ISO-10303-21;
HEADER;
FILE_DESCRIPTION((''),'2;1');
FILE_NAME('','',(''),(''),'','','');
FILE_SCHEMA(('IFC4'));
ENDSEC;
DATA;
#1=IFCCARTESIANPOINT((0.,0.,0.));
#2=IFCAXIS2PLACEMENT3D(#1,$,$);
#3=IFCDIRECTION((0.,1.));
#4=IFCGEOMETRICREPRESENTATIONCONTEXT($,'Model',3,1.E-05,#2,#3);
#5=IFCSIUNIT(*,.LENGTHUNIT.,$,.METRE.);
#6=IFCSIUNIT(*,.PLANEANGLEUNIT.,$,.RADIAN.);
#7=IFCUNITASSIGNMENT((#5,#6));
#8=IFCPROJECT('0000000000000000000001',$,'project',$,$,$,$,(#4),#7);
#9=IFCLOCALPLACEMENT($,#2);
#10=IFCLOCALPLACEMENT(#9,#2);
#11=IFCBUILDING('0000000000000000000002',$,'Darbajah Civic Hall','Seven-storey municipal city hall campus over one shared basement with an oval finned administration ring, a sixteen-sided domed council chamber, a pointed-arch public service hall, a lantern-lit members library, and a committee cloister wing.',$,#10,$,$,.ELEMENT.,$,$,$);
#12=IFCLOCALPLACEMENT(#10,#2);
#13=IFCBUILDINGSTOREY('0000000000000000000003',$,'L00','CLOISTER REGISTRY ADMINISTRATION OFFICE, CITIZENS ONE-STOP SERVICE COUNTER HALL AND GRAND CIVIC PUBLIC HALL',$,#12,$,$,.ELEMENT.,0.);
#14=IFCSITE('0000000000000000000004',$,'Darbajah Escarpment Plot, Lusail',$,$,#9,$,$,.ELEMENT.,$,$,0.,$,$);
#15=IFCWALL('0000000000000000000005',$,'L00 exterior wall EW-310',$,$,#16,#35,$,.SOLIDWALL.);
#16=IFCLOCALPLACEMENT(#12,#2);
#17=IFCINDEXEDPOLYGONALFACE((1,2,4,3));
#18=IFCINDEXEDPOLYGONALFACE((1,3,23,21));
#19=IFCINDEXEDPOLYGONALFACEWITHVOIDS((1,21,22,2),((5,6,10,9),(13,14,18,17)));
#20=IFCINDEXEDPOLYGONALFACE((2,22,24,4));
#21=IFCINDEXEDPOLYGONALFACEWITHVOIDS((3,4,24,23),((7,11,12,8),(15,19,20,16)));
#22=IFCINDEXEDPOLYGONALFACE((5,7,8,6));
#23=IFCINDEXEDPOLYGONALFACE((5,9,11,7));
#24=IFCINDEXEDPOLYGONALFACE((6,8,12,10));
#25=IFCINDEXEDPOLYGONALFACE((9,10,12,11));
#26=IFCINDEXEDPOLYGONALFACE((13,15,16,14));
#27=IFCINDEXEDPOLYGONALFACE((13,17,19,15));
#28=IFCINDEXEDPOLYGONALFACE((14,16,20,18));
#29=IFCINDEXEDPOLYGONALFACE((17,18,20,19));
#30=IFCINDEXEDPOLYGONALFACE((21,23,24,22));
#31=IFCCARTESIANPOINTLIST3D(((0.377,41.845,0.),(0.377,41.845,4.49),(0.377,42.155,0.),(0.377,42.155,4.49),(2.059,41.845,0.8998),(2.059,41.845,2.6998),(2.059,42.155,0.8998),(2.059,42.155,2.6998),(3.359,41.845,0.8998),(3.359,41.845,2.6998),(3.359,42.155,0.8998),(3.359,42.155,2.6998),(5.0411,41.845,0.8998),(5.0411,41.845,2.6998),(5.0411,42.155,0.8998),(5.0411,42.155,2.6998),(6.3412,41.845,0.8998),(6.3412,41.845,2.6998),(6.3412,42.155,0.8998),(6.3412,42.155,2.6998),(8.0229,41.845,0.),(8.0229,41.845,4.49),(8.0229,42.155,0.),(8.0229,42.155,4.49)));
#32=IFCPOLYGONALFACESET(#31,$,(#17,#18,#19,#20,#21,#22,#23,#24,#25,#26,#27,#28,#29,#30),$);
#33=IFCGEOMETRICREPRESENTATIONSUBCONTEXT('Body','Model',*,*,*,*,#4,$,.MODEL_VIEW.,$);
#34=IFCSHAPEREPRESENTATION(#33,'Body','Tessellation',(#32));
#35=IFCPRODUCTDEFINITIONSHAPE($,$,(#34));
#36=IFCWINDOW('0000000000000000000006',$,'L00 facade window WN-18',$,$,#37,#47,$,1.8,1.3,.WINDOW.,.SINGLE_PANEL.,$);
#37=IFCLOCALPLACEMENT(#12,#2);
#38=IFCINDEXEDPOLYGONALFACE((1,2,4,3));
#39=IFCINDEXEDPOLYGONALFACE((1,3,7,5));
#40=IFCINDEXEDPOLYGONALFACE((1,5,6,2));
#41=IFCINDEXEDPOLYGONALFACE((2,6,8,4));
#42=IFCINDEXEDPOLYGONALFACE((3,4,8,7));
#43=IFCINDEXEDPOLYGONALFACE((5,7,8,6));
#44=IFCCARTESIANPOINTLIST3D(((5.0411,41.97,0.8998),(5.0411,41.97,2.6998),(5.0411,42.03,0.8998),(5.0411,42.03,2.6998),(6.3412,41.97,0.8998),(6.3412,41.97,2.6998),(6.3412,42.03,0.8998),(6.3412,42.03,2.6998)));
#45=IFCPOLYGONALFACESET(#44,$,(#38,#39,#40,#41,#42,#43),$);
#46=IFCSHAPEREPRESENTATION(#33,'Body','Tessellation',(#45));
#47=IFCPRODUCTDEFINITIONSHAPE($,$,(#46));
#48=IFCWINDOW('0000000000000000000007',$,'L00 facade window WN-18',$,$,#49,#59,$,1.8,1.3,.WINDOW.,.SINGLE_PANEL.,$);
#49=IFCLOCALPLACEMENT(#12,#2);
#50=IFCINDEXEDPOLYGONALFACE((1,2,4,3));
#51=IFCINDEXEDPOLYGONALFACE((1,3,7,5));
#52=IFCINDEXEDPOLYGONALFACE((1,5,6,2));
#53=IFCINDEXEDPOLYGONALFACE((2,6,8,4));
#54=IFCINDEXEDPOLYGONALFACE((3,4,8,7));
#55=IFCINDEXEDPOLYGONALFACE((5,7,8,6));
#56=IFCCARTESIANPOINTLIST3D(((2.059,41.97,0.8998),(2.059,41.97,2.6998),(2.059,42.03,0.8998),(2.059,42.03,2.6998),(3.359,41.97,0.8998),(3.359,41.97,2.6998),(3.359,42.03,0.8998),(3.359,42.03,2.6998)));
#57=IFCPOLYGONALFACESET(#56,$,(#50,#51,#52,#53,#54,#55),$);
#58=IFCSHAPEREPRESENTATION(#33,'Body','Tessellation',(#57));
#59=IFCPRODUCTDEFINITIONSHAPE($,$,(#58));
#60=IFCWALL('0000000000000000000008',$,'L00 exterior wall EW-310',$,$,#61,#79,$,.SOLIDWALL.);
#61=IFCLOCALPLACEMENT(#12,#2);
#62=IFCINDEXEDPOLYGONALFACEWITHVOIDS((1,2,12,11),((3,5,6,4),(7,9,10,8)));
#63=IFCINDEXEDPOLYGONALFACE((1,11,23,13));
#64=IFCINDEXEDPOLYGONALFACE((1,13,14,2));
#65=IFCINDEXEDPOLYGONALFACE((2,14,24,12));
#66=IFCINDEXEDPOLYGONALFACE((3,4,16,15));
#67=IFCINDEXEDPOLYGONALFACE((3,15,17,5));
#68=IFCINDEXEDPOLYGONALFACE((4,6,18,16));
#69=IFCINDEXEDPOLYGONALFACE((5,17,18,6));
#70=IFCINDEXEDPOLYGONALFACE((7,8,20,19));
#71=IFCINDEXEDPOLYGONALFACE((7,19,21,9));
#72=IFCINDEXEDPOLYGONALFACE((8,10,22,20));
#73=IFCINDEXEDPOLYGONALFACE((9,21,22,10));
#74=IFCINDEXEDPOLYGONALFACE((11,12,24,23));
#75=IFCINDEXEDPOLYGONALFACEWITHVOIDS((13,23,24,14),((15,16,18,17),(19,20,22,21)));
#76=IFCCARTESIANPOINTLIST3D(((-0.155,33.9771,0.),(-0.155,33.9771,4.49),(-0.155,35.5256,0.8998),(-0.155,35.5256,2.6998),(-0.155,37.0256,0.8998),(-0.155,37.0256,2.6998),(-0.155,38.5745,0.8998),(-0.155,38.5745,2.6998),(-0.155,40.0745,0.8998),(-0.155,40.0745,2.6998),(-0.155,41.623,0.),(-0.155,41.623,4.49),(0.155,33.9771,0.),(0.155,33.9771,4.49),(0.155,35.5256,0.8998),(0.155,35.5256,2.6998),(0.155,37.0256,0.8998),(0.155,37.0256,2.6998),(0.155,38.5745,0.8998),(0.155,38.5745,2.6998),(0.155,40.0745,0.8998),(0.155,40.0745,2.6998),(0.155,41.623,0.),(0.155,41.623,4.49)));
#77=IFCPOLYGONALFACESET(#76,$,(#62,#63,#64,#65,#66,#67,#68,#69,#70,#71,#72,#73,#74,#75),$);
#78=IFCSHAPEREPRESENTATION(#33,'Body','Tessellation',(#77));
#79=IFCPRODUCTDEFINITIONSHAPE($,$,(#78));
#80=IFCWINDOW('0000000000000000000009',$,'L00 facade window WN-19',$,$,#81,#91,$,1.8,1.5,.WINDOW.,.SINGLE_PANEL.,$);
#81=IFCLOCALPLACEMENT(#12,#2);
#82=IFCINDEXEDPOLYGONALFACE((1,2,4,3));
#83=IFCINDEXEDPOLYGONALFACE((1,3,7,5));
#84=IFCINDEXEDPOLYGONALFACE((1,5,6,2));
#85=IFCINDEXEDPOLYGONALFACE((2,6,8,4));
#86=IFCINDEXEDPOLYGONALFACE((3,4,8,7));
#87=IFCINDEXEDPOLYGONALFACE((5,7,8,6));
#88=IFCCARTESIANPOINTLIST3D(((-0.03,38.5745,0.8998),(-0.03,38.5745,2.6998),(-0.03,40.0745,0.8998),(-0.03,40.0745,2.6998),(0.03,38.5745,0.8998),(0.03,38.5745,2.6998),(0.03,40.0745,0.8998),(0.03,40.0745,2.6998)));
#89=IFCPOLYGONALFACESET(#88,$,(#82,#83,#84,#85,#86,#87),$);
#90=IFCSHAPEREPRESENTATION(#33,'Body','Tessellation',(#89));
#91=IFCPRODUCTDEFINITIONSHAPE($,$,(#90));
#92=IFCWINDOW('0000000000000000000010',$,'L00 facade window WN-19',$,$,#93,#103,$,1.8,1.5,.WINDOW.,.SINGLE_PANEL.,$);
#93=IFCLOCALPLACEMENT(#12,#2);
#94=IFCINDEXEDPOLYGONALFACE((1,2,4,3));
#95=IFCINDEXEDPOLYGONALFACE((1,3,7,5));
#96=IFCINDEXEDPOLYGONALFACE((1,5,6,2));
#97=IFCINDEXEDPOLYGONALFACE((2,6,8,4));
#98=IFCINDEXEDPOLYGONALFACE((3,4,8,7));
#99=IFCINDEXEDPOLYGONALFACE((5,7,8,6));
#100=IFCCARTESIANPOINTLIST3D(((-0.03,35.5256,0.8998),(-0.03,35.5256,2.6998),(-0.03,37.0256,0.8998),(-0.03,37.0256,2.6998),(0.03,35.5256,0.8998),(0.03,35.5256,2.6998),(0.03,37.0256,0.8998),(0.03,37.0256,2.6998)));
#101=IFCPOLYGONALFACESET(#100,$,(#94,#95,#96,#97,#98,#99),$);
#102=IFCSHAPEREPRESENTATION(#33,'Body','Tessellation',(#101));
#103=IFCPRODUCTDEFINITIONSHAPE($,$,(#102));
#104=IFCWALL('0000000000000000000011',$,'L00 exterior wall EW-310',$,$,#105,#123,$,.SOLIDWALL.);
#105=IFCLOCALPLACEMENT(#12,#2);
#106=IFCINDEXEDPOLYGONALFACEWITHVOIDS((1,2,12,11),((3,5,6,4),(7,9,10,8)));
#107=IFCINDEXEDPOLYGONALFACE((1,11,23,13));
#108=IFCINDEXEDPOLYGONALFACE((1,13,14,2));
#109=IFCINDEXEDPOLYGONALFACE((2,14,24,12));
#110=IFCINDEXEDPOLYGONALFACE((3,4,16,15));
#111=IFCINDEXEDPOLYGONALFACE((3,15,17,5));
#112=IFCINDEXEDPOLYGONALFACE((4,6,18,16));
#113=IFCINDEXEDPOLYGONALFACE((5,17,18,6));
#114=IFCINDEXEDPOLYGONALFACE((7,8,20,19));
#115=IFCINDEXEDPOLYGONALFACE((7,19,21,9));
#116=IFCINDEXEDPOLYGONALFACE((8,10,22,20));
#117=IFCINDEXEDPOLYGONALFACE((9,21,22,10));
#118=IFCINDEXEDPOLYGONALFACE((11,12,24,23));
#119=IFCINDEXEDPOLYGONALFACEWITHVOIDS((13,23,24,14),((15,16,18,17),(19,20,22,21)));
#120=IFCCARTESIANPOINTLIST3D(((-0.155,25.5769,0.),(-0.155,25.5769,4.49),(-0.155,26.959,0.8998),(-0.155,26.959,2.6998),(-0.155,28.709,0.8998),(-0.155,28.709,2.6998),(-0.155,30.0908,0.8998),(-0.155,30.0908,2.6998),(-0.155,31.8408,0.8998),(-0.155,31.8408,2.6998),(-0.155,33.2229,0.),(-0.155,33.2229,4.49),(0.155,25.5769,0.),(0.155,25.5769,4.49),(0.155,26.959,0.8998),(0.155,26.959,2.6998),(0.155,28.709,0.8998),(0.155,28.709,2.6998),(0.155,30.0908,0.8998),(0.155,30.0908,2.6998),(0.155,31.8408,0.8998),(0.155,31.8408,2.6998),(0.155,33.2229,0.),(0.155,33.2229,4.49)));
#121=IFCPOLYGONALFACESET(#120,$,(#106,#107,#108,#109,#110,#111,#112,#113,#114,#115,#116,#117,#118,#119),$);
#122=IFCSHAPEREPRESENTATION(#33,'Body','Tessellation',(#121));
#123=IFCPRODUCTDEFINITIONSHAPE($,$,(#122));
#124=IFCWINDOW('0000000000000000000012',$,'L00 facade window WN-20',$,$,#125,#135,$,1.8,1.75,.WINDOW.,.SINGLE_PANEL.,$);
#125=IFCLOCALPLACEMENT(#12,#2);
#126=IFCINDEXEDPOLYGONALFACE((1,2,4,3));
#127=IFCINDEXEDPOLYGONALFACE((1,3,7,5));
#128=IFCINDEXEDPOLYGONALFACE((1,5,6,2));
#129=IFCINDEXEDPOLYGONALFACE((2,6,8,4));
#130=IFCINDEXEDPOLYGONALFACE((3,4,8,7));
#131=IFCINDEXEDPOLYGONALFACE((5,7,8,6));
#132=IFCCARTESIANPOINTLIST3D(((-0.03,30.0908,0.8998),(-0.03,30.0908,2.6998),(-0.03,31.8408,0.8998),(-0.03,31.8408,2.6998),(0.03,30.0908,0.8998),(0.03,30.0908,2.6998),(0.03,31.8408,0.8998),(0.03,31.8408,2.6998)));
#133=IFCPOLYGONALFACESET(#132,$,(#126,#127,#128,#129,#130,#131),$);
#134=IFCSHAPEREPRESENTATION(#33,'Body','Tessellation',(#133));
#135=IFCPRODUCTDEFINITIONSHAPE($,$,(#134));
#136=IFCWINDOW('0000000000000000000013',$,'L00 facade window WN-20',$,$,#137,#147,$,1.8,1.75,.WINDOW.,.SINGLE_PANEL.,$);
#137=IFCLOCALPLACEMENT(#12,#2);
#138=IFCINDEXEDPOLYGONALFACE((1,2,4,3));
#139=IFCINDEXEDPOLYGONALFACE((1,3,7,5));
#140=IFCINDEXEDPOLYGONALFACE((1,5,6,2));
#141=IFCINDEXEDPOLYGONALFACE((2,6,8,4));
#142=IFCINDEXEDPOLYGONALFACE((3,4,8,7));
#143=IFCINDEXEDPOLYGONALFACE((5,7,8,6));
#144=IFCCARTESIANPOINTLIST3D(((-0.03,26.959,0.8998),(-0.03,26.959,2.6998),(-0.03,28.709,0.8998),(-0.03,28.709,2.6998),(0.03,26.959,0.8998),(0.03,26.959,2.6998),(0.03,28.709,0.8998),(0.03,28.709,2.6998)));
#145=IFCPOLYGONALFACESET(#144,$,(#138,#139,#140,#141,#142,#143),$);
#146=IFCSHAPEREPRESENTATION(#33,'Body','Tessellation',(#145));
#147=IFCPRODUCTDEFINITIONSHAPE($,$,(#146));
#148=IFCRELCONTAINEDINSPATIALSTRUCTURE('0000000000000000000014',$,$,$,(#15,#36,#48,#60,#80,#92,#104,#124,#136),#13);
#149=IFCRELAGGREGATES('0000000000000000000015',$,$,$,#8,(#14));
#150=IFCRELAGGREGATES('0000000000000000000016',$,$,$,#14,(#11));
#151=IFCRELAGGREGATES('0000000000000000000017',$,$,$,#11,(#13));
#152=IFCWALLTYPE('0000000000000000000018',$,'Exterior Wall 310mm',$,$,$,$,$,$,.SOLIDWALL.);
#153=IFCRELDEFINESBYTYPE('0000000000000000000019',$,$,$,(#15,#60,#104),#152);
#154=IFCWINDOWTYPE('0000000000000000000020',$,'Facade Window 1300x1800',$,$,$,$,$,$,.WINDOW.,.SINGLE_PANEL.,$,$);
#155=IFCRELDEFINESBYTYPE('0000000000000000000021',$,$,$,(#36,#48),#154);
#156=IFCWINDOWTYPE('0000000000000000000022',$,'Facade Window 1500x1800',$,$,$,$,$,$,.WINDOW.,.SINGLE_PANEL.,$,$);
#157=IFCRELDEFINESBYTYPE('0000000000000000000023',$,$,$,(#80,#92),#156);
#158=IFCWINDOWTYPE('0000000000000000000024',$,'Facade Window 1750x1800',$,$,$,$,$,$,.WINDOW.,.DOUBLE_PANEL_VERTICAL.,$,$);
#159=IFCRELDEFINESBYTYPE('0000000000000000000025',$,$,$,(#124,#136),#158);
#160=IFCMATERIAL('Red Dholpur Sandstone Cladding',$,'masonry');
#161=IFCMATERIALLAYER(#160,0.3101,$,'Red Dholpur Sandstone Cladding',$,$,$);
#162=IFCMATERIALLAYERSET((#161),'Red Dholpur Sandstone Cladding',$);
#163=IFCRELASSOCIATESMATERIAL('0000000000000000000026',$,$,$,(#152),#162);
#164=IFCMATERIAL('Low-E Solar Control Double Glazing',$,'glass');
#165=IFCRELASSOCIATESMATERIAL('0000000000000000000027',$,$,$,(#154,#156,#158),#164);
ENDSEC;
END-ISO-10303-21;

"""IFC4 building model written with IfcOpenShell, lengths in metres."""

from ifc_helpers import new_model, si_unit, direction, frame, frame_2d, origin, place, context, subcontext, project, spatial, rectangle, extrude, material, layer, layer_set, type_object, element, fill, save


model = new_model("IFC4")

# Units and contexts
model_context = context("Model", 3, precision=1e-05, world=origin(), true_north=direction((0.0, 1.0)))
body_context = subcontext(model_context, "Body", "Model", "MODEL_VIEW")
ifc_project = project(units=[si_unit("LENGTHUNIT", "METRE"), si_unit("PLANEANGLEUNIT", "RADIAN")], contexts=[model_context])

# Site, building, storey
site_placement = place(None, origin())
site = spatial("IfcSite", under=ifc_project, at=site_placement, Name="Darbajah Escarpment Plot, Lusail", CompositionType="ELEMENT", RefElevation=0.0)
building_placement = place(site_placement, origin())
building = spatial("IfcBuilding", under=site, at=building_placement, Name="Darbajah Civic Hall", Description="Seven-storey municipal city hall campus over one shared basement with an oval finned administration ring, a sixteen-sided domed council chamber, a pointed-arch public service hall, a lantern-lit members library, and a committee cloister wing.", CompositionType="ELEMENT")
storey_placement = place(building_placement, origin())
storey = spatial("IfcBuildingStorey", under=building, at=storey_placement, Name="L00", Description="CLOISTER REGISTRY ADMINISTRATION OFFICE, CITIZENS ONE-STOP SERVICE COUNTER HALL AND GRAND CIVIC PUBLIC HALL", CompositionType="ELEMENT", Elevation=0.0)

# Walls, openings, windows
ifc_material_1 = material(Name="Red Dholpur Sandstone Cladding", Category="masonry")
ifc_layer_1 = layer(ifc_material_1, 0.3101, Name="Red Dholpur Sandstone Cladding")
ifc_layer_set_1 = layer_set([ifc_layer_1], Name="Red Dholpur Sandstone Cladding")
wall_type_1 = type_object("IfcWallType", Name="Exterior Wall 310mm", PredefinedType="SOLIDWALL", material=ifc_layer_set_1)
wall_1_placement = place(storey_placement, frame((8.0229, 42.0, 0.0), z_axis=(0.0, 0.0, 1.0), x_axis=(-1.0, 0.0, 0.0)))
wall_1 = element("IfcWall", 1, at=wall_1_placement, inside=storey, type_object=wall_type_1, Name="L00 exterior wall EW-310", PredefinedType="SOLIDWALL", context=body_context, shape_type="SweptSolid", body=[
    extrude(rectangle(XDim=7.646, YDim=0.3101, at=frame_2d((3.823, 0.0))), origin(), (0.0, 0.0, 1.0), 4.49),
])
opening_1_placement = place(wall_1_placement, frame((1.6819, 0.0, 0.8999)))
opening_1 = element("IfcOpeningElement", 2, at=opening_1_placement, cuts=wall_1, PredefinedType="OPENING", context=body_context, shape_type="SweptSolid", body=[
    extrude(rectangle(XDim=1.3, YDim=1.8, at=frame_2d((0.6499, 0.8999))), frame((0.0, 0.165, 0.0), z_axis=(0.0, -1.0, 0.0), x_axis=(1.0, 0.0, 0.0)), (0.0, 0.0, 1.0), 0.3301),
])
opening_2_placement = place(wall_1_placement, frame((4.6641, 0.0, 0.8999)))
opening_2 = element("IfcOpeningElement", 3, at=opening_2_placement, cuts=wall_1, PredefinedType="OPENING", context=body_context, shape_type="SweptSolid", body=[
    extrude(rectangle(XDim=1.3, YDim=1.8, at=frame_2d((0.6499, 0.8999))), frame((0.0, 0.165, 0.0), z_axis=(0.0, -1.0, 0.0), x_axis=(1.0, 0.0, 0.0)), (0.0, 0.0, 1.0), 0.3301),
])
ifc_material_2 = material(Name="Low-E Solar Control Double Glazing", Category="glass")
window_type_1 = type_object("IfcWindowType", Name="Facade Window 1300x1800", PartitioningType="SINGLE_PANEL", PredefinedType="WINDOW", material=ifc_material_2)
window_1_placement = place(opening_1_placement, origin())
window_1 = element("IfcWindow", 4, at=window_1_placement, inside=storey, type_object=window_type_1, Name="L00 facade window WN-18", OverallHeight=1.8, OverallWidth=1.3, PartitioningType="SINGLE_PANEL", PredefinedType="WINDOW", context=body_context, shape_type="SweptSolid", body=[
    extrude(rectangle(XDim=1.3, YDim=1.8, at=frame_2d((0.6499, 0.8999))), frame((0.0, 0.03, 0.0), z_axis=(0.0, -1.0, 0.0), x_axis=(1.0, 0.0, 0.0)), (0.0, 0.0, 1.0), 0.0601),
])
fill(opening_1, window_1)
window_2_placement = place(opening_2_placement, origin())
window_2 = element("IfcWindow", 5, at=window_2_placement, inside=storey, type_object=window_type_1, Name="L00 facade window WN-18", OverallHeight=1.8, OverallWidth=1.3, PartitioningType="SINGLE_PANEL", PredefinedType="WINDOW", context=body_context, shape_type="SweptSolid", body=[
    extrude(rectangle(XDim=1.3, YDim=1.8, at=frame_2d((0.6499, 0.8999))), frame((0.0, 0.03, 0.0), z_axis=(0.0, -1.0, 0.0), x_axis=(1.0, 0.0, 0.0)), (0.0, 0.0, 1.0), 0.0601),
])
fill(opening_2, window_2)
wall_2_placement = place(storey_placement, frame((0.0, 41.623, 0.0), z_axis=(0.0, 0.0, 1.0), x_axis=(0.0, -1.0, 0.0)))
wall_2 = element("IfcWall", 6, at=wall_2_placement, inside=storey, type_object=wall_type_1, Name="L00 exterior wall EW-310", PredefinedType="SOLIDWALL", context=body_context, shape_type="SweptSolid", body=[
    extrude(rectangle(XDim=7.646, YDim=0.3101, at=frame_2d((3.823, 0.0))), origin(), (0.0, 0.0, 1.0), 4.49),
])
opening_3_placement = place(wall_2_placement, frame((1.5486, 0.0, 0.8999)))
opening_3 = element("IfcOpeningElement", 7, at=opening_3_placement, cuts=wall_2, PredefinedType="OPENING", context=body_context, shape_type="SweptSolid", body=[
    extrude(rectangle(XDim=1.5, YDim=1.8, at=frame_2d((0.75, 0.8999))), frame((0.0, 0.165, 0.0), z_axis=(0.0, -1.0, 0.0), x_axis=(1.0, 0.0, 0.0)), (0.0, 0.0, 1.0), 0.3301),
])
opening_4_placement = place(wall_2_placement, frame((4.5974, 0.0, 0.8999)))
opening_4 = element("IfcOpeningElement", 8, at=opening_4_placement, cuts=wall_2, PredefinedType="OPENING", context=body_context, shape_type="SweptSolid", body=[
    extrude(rectangle(XDim=1.5, YDim=1.8, at=frame_2d((0.75, 0.8999))), frame((0.0, 0.165, 0.0), z_axis=(0.0, -1.0, 0.0), x_axis=(1.0, 0.0, 0.0)), (0.0, 0.0, 1.0), 0.3301),
])
window_type_2 = type_object("IfcWindowType", Name="Facade Window 1500x1800", PartitioningType="SINGLE_PANEL", PredefinedType="WINDOW", material=ifc_material_2)
window_3_placement = place(opening_3_placement, origin())
window_3 = element("IfcWindow", 9, at=window_3_placement, inside=storey, type_object=window_type_2, Name="L00 facade window WN-19", OverallHeight=1.8, OverallWidth=1.5, PartitioningType="SINGLE_PANEL", PredefinedType="WINDOW", context=body_context, shape_type="SweptSolid", body=[
    extrude(rectangle(XDim=1.5, YDim=1.8, at=frame_2d((0.75, 0.8999))), frame((0.0, 0.03, 0.0), z_axis=(0.0, -1.0, 0.0), x_axis=(1.0, 0.0, 0.0)), (0.0, 0.0, 1.0), 0.0601),
])
fill(opening_3, window_3)
window_4_placement = place(opening_4_placement, origin())
window_4 = element("IfcWindow", 10, at=window_4_placement, inside=storey, type_object=window_type_2, Name="L00 facade window WN-19", OverallHeight=1.8, OverallWidth=1.5, PartitioningType="SINGLE_PANEL", PredefinedType="WINDOW", context=body_context, shape_type="SweptSolid", body=[
    extrude(rectangle(XDim=1.5, YDim=1.8, at=frame_2d((0.75, 0.8999))), frame((0.0, 0.03, 0.0), z_axis=(0.0, -1.0, 0.0), x_axis=(1.0, 0.0, 0.0)), (0.0, 0.0, 1.0), 0.0601),
])
fill(opening_4, window_4)
wall_3_placement = place(storey_placement, frame((0.0, 33.2229, 0.0), z_axis=(0.0, 0.0, 1.0), x_axis=(0.0, -1.0, 0.0)))
wall_3 = element("IfcWall", 11, at=wall_3_placement, inside=storey, type_object=wall_type_1, Name="L00 exterior wall EW-310", PredefinedType="SOLIDWALL", context=body_context, shape_type="SweptSolid", body=[
    extrude(rectangle(XDim=7.646, YDim=0.3101, at=frame_2d((3.823, 0.0))), origin(), (0.0, 0.0, 1.0), 4.49),
])
opening_5_placement = place(wall_3_placement, frame((1.3821, 0.0, 0.8999)))
opening_5 = element("IfcOpeningElement", 12, at=opening_5_placement, cuts=wall_3, PredefinedType="OPENING", context=body_context, shape_type="SweptSolid", body=[
    extrude(rectangle(XDim=1.75, YDim=1.8, at=frame_2d((0.875, 0.8999))), frame((0.0, 0.165, 0.0), z_axis=(0.0, -1.0, 0.0), x_axis=(1.0, 0.0, 0.0)), (0.0, 0.0, 1.0), 0.3301),
])
opening_6_placement = place(wall_3_placement, frame((4.5139, 0.0, 0.8999)))
opening_6 = element("IfcOpeningElement", 13, at=opening_6_placement, cuts=wall_3, PredefinedType="OPENING", context=body_context, shape_type="SweptSolid", body=[
    extrude(rectangle(XDim=1.75, YDim=1.8, at=frame_2d((0.875, 0.8999))), frame((0.0, 0.165, 0.0), z_axis=(0.0, -1.0, 0.0), x_axis=(1.0, 0.0, 0.0)), (0.0, 0.0, 1.0), 0.3301),
])
window_type_3 = type_object("IfcWindowType", Name="Facade Window 1750x1800", PartitioningType="DOUBLE_PANEL_VERTICAL", PredefinedType="WINDOW", material=ifc_material_2)
window_5_placement = place(opening_5_placement, origin())
window_5 = element("IfcWindow", 14, at=window_5_placement, inside=storey, type_object=window_type_3, Name="L00 facade window WN-20", OverallHeight=1.8, OverallWidth=1.75, PartitioningType="SINGLE_PANEL", PredefinedType="WINDOW", context=body_context, shape_type="SweptSolid", body=[
    extrude(rectangle(XDim=1.75, YDim=1.8, at=frame_2d((0.875, 0.8999))), frame((0.0, 0.03, 0.0), z_axis=(0.0, -1.0, 0.0), x_axis=(1.0, 0.0, 0.0)), (0.0, 0.0, 1.0), 0.0601),
])
fill(opening_5, window_5)
window_6_placement = place(opening_6_placement, origin())
window_6 = element("IfcWindow", 15, at=window_6_placement, inside=storey, type_object=window_type_3, Name="L00 facade window WN-20", OverallHeight=1.8, OverallWidth=1.75, PartitioningType="SINGLE_PANEL", PredefinedType="WINDOW", context=body_context, shape_type="SweptSolid", body=[
    extrude(rectangle(XDim=1.75, YDim=1.8, at=frame_2d((0.875, 0.8999))), frame((0.0, 0.03, 0.0), z_axis=(0.0, -1.0, 0.0), x_axis=(1.0, 0.0, 0.0)), (0.0, 0.0, 1.0), 0.0601),
])
fill(opening_6, window_6)

save(model, "model.ifc")
